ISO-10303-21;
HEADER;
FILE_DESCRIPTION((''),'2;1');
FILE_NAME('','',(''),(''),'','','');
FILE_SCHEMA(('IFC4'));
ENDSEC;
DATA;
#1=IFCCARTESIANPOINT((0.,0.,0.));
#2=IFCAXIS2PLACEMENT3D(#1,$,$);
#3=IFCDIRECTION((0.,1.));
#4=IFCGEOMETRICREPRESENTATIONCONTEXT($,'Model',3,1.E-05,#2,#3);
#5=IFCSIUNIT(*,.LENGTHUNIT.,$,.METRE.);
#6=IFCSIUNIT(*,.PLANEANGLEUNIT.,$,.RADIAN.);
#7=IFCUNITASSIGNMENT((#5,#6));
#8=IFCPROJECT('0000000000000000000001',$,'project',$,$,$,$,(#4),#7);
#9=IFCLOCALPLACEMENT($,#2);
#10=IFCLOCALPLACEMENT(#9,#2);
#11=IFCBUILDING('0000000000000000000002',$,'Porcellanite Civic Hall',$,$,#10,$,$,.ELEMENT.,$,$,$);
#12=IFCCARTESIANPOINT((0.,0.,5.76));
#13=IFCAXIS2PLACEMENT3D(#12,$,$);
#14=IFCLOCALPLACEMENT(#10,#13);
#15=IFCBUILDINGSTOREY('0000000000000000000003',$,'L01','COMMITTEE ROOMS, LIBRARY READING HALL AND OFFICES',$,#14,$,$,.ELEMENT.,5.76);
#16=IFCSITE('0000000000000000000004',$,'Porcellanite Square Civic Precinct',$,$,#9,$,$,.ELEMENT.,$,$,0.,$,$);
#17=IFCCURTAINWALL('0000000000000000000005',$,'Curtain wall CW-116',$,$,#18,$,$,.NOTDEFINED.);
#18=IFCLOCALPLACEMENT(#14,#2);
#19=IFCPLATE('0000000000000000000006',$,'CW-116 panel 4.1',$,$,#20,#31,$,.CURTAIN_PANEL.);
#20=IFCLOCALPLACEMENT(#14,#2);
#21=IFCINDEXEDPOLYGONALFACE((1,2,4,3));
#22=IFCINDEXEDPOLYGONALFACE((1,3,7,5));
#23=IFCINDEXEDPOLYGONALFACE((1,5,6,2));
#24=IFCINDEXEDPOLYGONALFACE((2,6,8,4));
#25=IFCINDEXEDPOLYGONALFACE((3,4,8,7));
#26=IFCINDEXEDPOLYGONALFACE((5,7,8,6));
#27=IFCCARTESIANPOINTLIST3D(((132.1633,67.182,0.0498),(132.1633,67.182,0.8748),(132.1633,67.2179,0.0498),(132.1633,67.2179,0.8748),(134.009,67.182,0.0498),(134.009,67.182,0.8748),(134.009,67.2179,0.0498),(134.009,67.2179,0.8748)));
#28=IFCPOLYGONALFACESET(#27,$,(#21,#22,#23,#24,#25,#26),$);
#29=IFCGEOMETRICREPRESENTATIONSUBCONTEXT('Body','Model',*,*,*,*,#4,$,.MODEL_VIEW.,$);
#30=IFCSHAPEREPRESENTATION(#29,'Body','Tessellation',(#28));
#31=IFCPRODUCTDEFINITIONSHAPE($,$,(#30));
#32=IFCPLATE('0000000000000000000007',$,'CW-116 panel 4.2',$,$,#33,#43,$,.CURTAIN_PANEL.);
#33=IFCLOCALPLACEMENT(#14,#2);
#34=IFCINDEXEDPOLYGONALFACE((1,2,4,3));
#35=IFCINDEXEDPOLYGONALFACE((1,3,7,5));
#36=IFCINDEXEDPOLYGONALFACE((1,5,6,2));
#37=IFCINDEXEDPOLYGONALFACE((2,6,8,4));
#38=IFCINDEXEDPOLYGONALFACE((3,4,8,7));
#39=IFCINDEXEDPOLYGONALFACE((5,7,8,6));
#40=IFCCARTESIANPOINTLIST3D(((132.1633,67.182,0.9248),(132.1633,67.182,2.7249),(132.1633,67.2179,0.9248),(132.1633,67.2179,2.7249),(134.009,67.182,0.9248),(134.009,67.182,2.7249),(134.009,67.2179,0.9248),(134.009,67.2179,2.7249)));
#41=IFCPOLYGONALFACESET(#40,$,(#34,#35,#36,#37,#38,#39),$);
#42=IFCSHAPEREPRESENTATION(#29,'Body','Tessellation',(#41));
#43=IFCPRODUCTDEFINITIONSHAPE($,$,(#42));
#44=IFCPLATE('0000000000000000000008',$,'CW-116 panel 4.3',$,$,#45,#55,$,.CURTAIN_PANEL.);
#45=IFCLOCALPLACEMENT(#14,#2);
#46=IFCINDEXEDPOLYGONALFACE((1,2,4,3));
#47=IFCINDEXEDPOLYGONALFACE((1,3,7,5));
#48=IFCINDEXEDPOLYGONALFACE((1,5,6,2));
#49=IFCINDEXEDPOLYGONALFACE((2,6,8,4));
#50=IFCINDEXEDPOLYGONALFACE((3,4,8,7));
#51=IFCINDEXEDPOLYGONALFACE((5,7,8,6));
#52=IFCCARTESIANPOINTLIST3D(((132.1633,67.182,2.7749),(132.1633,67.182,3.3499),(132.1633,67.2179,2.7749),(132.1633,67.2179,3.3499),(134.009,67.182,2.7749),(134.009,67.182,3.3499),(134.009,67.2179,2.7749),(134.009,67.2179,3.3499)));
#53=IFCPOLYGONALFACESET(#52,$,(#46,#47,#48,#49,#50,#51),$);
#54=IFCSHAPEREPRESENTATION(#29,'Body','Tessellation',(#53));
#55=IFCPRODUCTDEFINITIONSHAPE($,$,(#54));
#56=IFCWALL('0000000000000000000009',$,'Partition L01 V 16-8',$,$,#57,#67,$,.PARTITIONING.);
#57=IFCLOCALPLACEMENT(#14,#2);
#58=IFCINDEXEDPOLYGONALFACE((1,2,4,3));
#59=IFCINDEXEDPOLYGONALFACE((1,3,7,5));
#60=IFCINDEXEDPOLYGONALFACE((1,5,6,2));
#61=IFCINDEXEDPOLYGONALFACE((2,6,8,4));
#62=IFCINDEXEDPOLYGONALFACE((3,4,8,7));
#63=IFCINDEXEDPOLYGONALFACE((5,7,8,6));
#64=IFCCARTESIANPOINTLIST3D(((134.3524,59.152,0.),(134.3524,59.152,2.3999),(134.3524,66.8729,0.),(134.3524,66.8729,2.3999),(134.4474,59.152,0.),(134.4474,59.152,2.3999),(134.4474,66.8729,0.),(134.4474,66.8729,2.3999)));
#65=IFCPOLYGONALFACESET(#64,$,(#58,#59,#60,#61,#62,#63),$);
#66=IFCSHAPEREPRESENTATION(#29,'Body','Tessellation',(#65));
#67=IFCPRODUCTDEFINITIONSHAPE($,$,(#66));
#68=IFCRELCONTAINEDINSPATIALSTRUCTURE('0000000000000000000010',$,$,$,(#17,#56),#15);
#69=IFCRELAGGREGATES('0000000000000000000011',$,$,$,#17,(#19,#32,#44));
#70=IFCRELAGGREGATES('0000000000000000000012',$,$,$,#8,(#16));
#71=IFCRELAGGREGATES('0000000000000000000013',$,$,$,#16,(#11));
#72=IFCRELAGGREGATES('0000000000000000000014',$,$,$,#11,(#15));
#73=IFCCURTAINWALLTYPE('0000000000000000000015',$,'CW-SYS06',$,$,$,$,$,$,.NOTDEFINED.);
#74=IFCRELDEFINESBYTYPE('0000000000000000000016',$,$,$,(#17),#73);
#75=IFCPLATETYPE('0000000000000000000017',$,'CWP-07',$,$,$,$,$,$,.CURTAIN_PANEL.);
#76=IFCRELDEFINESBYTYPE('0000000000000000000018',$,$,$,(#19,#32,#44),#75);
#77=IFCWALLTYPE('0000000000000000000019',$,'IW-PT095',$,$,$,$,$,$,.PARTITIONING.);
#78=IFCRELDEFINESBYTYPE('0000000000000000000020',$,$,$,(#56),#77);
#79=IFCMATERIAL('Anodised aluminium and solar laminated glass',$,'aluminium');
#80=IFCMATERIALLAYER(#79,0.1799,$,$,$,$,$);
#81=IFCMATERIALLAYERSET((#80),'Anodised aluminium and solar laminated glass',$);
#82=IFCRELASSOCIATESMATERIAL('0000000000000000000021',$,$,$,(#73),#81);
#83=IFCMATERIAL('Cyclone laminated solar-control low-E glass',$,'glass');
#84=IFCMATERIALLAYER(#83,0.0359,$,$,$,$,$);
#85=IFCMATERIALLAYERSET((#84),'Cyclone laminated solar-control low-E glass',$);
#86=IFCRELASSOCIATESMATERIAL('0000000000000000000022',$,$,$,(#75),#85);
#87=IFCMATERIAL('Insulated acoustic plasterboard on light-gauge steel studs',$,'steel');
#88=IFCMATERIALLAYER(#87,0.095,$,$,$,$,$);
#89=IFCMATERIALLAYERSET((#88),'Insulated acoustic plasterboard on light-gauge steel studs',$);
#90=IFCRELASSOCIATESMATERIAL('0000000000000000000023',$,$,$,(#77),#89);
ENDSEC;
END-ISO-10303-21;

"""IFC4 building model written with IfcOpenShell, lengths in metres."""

from ifc_helpers import new_model, si_unit, direction, frame, frame_2d, origin, origin_2d, place, context, subcontext, project, spatial, rectangle, extrude, material, layer, layer_set, type_object, element, aggregate, save


model = new_model("IFC4")

# Units and contexts
model_context = context("Model", 3, precision=1e-05, world=origin(), true_north=direction((0.0, 1.0)))
body_context = subcontext(model_context, "Body", "Model", "MODEL_VIEW")
ifc_project = project(units=[si_unit("LENGTHUNIT", "METRE"), si_unit("PLANEANGLEUNIT", "RADIAN")], contexts=[model_context])

# Site, building, storey
site_placement = place(None, origin())
site = spatial("IfcSite", under=ifc_project, at=site_placement, Name="Porcellanite Square Civic Precinct", CompositionType="ELEMENT", RefElevation=0.0)
building_placement = place(site_placement, origin())
building = spatial("IfcBuilding", under=site, at=building_placement, Name="Porcellanite Civic Hall", CompositionType="ELEMENT")
storey_placement = place(building_placement, frame((0.0, 0.0, 5.76)))
storey = spatial("IfcBuildingStorey", under=building, at=storey_placement, Name="L01", Description="COMMITTEE ROOMS, LIBRARY READING HALL AND OFFICES", CompositionType="ELEMENT", Elevation=5.76)

# Curtain wall
ifc_material_1 = material(Name="Anodised aluminium and solar laminated glass", Category="aluminium")
ifc_layer_1 = layer(ifc_material_1, 0.1799)
ifc_layer_set_1 = layer_set([ifc_layer_1], Name="Anodised aluminium and solar laminated glass")
curtain_wall_type_1 = type_object("IfcCurtainWallType", Name="CW-SYS06", PredefinedType="NOTDEFINED", material=ifc_layer_set_1)
curtain_wall_1_placement = place(storey_placement, origin())
curtain_wall_1 = element("IfcCurtainWall", 1, at=curtain_wall_1_placement, inside=storey, type_object=curtain_wall_type_1, Name="Curtain wall CW-116", PredefinedType="NOTDEFINED")

# Plates
ifc_material_2 = material(Name="Cyclone laminated solar-control low-E glass", Category="glass")
ifc_layer_2 = layer(ifc_material_2, 0.0359)
ifc_layer_set_2 = layer_set([ifc_layer_2], Name="Cyclone laminated solar-control low-E glass")
plate_type = type_object("IfcPlateType", Name="CWP-07", PredefinedType="CURTAIN_PANEL", material=ifc_layer_set_2)
plate_1_placement = place(storey_placement, frame((133.0862, 67.2, 0.0498), z_axis=(0.0, 0.0, 1.0), x_axis=(1.0, 0.0, 0.0)))
plate_1 = element("IfcPlate", 2, at=plate_1_placement, type_object=plate_type, Name="CW-116 panel 4.1", PredefinedType="CURTAIN_PANEL", context=body_context, shape_type="SweptSolid", body=[
    extrude(rectangle(XDim=1.8457, YDim=0.0359, at=origin_2d()), origin(), (0.0, 0.0, 1.0), 0.825),
])
plate_2_placement = place(storey_placement, frame((133.0862, 67.2, 0.9248), z_axis=(0.0, 0.0, 1.0), x_axis=(1.0, 0.0, 0.0)))
plate_2 = element("IfcPlate", 3, at=plate_2_placement, type_object=plate_type, Name="CW-116 panel 4.2", PredefinedType="CURTAIN_PANEL", context=body_context, shape_type="SweptSolid", body=[
    extrude(rectangle(XDim=1.8457, YDim=0.0359, at=origin_2d()), origin(), (0.0, 0.0, 1.0), 1.8),
])
plate_3_placement = place(storey_placement, frame((133.0862, 67.2, 2.7749), z_axis=(0.0, 0.0, 1.0), x_axis=(1.0, 0.0, 0.0)))
plate_3 = element("IfcPlate", 4, at=plate_3_placement, type_object=plate_type, Name="CW-116 panel 4.3", PredefinedType="CURTAIN_PANEL", context=body_context, shape_type="SweptSolid", body=[
    extrude(rectangle(XDim=1.8457, YDim=0.0359, at=origin_2d()), origin(), (0.0, 0.0, 1.0), 0.575),
])
aggregate(curtain_wall_1, [plate_1, plate_2, plate_3])

# Wall
ifc_material_3 = material(Name="Insulated acoustic plasterboard on light-gauge steel studs", Category="steel")
ifc_layer_3 = layer(ifc_material_3, 0.095)
ifc_layer_set_3 = layer_set([ifc_layer_3], Name="Insulated acoustic plasterboard on light-gauge steel studs")
wall_type_1 = type_object("IfcWallType", Name="IW-PT095", PredefinedType="PARTITIONING", material=ifc_layer_set_3)
wall_1_placement = place(storey_placement, frame((134.3999, 59.1521, 0.0), z_axis=(0.0, 0.0, 1.0), x_axis=(0.0, 1.0, 0.0)))
element("IfcWall", 5, at=wall_1_placement, inside=storey, type_object=wall_type_1, Name="Partition L01 V 16-8", PredefinedType="PARTITIONING", context=body_context, shape_type="SweptSolid", body=[
    extrude(rectangle(XDim=7.7209, YDim=0.095, at=frame_2d((3.8604, 0.0))), origin(), (0.0, 0.0, 1.0), 2.3999),
])

save(model, "model.ifc")
